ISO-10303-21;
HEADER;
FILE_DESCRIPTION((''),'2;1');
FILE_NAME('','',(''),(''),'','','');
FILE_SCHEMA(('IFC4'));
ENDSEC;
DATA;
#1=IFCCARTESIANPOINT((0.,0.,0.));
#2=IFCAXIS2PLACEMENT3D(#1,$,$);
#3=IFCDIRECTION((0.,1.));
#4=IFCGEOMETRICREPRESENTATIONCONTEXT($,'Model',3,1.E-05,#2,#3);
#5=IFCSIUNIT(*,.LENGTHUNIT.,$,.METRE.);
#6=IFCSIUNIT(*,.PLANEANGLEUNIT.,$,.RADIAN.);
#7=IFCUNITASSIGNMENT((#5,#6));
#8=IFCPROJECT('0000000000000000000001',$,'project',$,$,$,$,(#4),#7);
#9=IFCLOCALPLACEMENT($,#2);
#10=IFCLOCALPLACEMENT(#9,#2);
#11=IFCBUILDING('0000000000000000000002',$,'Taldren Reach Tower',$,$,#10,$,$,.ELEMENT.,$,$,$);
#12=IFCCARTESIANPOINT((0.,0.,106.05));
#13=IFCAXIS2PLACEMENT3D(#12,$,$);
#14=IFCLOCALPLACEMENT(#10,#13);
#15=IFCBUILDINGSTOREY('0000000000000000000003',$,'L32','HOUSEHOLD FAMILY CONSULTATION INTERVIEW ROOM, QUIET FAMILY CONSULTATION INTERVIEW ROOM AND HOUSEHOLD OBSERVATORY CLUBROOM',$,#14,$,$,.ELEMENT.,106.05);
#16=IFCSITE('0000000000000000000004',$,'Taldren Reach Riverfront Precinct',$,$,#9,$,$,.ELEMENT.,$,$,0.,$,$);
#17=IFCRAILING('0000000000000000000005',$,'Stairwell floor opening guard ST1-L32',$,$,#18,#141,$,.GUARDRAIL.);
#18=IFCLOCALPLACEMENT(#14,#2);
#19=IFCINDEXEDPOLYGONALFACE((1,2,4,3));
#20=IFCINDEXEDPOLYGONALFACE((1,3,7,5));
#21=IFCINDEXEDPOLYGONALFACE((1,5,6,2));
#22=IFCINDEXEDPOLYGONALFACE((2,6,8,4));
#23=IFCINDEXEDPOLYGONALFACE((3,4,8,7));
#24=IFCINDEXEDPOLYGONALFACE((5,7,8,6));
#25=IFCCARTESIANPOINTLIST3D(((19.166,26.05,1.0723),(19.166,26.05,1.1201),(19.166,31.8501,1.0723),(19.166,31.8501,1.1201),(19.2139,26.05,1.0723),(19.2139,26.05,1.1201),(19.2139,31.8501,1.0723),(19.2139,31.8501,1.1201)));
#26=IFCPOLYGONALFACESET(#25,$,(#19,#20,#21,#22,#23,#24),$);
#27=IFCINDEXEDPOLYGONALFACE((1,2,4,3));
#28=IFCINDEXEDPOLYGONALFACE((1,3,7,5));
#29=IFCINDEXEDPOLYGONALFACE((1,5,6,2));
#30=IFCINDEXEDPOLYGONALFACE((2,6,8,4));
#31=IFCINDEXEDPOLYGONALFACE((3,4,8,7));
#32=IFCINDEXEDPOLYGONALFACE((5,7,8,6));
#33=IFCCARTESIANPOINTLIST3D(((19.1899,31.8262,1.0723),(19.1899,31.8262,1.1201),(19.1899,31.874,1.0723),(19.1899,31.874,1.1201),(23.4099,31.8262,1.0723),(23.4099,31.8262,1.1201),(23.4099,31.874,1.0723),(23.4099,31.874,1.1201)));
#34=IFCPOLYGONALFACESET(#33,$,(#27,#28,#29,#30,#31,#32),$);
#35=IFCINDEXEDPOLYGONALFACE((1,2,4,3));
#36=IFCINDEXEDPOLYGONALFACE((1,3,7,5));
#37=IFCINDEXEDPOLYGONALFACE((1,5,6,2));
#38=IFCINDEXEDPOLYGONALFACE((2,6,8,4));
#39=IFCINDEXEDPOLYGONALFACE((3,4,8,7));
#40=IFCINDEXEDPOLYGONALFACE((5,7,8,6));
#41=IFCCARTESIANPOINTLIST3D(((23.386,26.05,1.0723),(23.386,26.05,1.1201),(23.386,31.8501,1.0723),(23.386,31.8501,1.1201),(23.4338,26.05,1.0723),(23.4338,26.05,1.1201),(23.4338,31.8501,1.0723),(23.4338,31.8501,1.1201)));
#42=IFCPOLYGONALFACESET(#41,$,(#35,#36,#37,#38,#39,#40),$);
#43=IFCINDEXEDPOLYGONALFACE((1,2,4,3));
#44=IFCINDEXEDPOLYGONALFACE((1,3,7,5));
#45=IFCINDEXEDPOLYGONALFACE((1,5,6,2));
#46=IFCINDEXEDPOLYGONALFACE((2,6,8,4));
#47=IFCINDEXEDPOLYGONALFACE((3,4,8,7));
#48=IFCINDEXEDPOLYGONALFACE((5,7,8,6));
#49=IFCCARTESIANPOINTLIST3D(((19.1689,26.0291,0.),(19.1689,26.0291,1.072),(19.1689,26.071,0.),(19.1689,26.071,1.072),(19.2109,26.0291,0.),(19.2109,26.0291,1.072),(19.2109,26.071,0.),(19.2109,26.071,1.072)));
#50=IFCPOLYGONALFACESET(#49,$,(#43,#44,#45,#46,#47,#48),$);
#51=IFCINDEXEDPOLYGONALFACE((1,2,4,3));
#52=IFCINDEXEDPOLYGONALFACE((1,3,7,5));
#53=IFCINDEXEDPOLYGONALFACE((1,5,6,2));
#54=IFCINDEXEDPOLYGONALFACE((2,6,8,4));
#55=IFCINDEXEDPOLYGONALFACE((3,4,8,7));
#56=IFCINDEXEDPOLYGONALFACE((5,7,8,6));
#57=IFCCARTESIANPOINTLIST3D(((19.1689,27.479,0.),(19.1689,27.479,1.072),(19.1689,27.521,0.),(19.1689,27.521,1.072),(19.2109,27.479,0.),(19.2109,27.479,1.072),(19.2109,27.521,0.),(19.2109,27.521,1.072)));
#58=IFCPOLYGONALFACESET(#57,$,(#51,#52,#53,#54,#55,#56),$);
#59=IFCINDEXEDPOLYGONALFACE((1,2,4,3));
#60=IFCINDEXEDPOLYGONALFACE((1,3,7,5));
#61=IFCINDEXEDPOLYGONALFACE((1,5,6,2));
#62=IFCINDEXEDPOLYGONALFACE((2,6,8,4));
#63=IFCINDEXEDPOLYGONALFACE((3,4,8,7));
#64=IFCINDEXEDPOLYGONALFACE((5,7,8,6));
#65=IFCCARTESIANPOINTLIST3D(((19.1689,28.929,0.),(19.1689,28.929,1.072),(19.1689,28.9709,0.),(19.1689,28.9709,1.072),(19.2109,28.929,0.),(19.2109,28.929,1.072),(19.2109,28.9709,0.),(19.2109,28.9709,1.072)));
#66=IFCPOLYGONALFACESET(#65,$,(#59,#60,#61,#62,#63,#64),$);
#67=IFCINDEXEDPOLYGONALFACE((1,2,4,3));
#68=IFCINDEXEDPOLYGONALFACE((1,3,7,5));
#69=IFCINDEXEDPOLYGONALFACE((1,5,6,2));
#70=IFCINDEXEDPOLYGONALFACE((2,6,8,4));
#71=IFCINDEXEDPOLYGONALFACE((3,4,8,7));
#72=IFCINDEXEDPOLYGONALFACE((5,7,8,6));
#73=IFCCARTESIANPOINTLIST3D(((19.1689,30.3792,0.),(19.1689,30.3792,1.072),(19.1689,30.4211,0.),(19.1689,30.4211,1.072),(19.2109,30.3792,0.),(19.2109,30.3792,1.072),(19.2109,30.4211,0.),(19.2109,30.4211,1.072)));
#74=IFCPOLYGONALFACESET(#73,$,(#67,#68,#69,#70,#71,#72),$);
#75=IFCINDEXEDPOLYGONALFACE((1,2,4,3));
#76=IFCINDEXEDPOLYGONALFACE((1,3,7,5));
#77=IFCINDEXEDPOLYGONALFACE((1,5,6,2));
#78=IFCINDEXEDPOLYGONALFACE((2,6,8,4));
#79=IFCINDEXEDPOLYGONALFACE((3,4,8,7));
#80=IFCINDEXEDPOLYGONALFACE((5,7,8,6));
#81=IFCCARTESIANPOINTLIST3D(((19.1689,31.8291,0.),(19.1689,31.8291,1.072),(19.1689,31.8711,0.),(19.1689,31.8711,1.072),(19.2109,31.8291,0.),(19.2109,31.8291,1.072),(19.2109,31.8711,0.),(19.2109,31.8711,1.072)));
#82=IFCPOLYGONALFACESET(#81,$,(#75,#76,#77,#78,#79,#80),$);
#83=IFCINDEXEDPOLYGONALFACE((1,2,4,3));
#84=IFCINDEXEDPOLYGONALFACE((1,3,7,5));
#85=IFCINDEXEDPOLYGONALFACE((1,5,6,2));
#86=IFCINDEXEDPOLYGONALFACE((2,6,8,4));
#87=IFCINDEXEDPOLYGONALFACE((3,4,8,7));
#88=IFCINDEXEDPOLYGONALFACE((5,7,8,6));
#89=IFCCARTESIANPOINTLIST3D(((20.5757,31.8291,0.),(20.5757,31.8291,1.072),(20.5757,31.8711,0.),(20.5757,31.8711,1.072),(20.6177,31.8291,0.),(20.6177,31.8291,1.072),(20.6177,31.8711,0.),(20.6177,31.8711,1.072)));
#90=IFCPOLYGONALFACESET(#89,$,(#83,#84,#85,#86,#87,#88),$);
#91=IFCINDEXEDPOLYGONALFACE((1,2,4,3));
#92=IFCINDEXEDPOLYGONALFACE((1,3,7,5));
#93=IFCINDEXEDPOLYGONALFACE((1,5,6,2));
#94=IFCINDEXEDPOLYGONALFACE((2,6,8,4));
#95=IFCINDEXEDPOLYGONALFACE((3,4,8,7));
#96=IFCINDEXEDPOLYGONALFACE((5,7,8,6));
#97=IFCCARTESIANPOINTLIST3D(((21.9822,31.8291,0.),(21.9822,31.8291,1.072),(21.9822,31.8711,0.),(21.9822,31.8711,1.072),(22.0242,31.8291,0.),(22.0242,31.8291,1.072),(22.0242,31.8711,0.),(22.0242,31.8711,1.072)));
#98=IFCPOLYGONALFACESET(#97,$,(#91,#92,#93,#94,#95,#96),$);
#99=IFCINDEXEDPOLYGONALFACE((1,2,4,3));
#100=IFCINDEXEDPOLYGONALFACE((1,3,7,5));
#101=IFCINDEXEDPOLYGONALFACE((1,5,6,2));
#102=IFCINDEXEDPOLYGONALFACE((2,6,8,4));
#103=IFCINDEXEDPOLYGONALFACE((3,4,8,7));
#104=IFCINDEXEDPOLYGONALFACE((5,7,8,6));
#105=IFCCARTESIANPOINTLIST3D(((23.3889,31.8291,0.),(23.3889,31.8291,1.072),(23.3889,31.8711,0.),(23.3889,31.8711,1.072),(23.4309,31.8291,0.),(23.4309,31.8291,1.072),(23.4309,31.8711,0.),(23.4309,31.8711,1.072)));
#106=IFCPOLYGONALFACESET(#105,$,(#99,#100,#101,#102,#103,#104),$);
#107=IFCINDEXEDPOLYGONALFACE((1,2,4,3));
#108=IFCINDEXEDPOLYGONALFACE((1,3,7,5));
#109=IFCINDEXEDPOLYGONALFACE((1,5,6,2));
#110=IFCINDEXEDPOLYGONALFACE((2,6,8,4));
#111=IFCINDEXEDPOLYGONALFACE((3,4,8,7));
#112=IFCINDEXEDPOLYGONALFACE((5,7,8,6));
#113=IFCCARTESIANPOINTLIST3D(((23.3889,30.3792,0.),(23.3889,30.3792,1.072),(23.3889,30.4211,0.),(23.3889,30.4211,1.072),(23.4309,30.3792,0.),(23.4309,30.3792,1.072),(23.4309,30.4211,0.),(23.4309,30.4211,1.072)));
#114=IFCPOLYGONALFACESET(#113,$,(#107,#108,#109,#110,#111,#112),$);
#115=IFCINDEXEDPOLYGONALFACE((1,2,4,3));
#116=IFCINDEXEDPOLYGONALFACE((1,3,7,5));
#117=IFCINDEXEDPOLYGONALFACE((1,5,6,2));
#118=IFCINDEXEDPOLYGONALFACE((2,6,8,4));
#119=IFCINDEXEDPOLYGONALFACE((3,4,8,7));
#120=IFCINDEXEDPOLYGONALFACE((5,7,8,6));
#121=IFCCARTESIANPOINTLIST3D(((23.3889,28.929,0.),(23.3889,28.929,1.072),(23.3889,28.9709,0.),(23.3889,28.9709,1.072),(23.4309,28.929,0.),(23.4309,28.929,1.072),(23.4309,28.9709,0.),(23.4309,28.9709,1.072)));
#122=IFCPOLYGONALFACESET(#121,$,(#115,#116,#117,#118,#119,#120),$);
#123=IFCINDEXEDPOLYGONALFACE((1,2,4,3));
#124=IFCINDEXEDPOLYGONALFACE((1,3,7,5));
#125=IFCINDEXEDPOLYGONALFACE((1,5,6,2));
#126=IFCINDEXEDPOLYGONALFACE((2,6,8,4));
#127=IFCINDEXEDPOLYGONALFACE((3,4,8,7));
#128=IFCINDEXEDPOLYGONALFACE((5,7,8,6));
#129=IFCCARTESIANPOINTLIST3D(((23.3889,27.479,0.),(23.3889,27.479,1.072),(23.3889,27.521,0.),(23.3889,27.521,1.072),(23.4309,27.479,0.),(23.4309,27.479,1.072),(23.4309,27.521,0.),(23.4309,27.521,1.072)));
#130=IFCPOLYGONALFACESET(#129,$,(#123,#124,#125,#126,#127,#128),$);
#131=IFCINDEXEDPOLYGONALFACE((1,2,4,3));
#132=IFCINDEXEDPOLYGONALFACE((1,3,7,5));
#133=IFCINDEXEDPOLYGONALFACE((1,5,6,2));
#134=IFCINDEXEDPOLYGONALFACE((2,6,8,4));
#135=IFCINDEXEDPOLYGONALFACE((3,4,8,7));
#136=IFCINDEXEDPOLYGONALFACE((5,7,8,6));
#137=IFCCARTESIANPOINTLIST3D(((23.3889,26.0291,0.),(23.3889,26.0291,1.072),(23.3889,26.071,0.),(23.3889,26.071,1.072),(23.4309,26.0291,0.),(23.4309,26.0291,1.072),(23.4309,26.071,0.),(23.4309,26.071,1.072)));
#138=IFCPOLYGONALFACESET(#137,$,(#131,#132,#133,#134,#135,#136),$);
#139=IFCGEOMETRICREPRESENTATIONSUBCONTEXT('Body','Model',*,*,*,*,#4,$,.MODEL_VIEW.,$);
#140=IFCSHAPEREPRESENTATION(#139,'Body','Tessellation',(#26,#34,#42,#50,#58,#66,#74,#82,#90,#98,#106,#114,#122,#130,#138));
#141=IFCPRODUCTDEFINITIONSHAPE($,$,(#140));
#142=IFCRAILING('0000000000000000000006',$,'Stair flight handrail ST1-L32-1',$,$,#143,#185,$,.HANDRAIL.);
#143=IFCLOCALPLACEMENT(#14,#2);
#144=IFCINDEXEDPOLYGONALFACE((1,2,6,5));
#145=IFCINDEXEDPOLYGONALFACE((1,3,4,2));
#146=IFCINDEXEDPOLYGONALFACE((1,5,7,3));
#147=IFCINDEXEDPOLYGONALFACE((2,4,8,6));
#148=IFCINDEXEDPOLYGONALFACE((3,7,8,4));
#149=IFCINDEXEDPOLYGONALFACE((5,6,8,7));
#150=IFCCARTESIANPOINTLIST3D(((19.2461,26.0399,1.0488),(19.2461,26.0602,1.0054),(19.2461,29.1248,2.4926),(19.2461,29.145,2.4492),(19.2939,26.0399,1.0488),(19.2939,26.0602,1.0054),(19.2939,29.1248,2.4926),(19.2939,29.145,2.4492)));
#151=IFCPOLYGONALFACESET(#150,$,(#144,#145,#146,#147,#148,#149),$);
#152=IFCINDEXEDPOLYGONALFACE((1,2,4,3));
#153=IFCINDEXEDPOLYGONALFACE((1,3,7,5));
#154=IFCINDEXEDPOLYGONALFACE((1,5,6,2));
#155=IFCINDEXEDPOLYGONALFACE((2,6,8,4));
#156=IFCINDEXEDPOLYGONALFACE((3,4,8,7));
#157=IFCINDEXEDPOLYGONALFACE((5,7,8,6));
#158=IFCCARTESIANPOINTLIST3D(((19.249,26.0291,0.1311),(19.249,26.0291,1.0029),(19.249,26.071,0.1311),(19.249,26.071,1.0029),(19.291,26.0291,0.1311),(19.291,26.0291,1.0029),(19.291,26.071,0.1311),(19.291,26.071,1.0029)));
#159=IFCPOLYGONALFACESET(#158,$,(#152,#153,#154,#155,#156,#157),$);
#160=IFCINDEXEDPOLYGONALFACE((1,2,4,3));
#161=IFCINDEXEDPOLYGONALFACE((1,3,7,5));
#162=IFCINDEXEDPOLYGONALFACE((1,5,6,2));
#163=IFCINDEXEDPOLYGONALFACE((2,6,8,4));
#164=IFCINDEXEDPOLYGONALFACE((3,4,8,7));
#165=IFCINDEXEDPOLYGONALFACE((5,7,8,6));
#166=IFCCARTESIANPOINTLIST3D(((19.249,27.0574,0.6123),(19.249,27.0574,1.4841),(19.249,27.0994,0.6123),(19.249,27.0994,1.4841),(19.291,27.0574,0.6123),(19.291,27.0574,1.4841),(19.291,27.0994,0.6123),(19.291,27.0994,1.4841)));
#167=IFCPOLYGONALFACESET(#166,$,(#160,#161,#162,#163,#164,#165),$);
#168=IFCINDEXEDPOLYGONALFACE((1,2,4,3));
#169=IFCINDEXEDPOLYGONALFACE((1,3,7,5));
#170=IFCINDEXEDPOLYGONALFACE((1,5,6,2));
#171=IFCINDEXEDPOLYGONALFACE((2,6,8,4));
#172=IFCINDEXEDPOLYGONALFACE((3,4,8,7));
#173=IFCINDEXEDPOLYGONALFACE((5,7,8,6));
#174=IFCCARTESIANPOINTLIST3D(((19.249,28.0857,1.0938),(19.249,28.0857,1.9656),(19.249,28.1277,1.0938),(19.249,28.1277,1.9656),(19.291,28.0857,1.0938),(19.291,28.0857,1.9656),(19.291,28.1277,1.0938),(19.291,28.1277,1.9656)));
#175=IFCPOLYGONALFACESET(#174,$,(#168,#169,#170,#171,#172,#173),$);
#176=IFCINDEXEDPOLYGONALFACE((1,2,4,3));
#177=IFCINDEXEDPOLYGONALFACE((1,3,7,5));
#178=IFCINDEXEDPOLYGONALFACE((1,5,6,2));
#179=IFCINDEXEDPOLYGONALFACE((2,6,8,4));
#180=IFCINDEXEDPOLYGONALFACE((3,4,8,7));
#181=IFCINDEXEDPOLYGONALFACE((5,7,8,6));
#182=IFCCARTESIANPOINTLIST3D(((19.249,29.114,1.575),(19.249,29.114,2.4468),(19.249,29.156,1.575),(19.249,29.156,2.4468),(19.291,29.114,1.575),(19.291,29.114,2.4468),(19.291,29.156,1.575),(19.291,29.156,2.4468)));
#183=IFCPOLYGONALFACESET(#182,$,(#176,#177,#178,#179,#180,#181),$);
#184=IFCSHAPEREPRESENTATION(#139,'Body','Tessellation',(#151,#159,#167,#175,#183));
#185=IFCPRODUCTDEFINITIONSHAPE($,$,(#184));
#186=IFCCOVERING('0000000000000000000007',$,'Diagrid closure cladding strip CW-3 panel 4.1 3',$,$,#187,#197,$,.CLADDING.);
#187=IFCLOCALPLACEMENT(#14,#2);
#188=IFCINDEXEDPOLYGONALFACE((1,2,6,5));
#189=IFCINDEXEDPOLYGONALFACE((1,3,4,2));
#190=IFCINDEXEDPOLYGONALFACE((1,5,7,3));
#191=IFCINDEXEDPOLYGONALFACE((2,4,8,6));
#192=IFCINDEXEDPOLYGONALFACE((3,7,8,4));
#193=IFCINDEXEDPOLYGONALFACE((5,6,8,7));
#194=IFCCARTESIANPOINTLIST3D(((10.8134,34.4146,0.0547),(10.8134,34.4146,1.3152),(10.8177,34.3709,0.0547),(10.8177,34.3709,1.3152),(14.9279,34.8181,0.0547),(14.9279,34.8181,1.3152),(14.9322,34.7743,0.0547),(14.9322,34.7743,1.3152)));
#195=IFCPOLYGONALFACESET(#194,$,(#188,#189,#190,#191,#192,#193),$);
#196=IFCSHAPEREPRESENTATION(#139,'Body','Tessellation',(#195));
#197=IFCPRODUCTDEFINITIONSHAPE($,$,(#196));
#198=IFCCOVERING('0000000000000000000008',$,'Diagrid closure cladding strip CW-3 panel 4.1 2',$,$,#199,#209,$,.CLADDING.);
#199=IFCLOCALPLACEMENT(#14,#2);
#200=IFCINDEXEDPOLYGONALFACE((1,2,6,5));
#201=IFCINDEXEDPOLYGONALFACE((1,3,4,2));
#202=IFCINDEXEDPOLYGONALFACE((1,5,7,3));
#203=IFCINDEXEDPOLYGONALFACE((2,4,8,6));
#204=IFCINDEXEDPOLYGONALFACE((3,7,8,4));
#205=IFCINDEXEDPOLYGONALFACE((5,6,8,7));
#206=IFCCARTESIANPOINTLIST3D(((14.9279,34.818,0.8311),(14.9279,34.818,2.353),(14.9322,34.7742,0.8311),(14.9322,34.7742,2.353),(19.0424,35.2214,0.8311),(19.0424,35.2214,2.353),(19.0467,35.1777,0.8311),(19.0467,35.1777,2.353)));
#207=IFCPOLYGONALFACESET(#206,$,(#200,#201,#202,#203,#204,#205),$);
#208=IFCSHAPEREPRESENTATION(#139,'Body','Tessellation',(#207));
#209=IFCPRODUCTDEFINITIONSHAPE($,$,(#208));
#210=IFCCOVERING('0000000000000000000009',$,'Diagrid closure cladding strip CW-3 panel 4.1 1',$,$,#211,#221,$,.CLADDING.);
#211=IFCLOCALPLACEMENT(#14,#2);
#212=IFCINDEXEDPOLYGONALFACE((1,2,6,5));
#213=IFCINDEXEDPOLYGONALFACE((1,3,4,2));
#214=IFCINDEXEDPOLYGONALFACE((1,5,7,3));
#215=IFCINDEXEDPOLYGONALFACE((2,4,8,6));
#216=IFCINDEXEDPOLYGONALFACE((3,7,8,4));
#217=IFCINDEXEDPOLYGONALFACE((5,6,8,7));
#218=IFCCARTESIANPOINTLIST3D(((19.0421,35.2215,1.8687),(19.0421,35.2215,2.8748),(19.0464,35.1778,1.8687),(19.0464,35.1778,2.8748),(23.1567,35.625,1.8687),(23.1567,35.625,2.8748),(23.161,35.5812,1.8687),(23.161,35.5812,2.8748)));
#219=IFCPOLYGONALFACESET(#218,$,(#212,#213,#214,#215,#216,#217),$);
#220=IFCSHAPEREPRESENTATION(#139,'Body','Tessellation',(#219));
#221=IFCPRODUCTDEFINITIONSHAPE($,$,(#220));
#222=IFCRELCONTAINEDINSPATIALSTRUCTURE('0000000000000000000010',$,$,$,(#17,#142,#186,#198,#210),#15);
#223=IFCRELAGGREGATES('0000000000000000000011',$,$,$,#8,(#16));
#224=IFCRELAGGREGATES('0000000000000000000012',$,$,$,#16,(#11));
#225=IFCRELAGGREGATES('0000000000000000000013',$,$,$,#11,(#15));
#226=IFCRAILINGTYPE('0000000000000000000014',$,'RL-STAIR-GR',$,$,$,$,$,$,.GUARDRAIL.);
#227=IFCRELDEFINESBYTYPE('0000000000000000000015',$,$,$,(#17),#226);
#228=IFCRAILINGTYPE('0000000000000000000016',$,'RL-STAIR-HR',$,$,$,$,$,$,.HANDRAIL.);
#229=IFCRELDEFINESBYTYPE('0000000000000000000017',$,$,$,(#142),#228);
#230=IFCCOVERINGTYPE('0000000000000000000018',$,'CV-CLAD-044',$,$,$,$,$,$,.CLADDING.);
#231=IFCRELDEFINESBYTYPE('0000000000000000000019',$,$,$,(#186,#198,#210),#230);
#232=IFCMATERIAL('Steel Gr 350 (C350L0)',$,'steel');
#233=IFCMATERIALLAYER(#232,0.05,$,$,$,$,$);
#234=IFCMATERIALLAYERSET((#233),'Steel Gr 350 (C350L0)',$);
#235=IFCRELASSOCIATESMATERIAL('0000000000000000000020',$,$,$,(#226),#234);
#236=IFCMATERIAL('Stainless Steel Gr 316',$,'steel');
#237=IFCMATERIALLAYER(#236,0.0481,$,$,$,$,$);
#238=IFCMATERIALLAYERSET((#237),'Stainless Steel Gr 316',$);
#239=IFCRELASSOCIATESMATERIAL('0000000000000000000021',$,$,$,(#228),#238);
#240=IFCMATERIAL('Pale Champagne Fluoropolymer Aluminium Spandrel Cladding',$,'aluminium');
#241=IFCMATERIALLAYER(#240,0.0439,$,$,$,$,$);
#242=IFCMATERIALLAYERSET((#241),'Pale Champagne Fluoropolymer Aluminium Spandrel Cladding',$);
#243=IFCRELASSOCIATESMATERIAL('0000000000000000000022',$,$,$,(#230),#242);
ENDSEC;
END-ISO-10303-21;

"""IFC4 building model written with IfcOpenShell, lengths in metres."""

from ifc_helpers import new_model, si_unit, direction, frame, origin, origin_2d, place, context, subcontext, project, spatial, rectangle, extrude, source, transform, mapped, material, layer, layer_set, type_object, element, save


model = new_model("IFC4")

# Units and contexts
model_context = context("Model", 3, precision=1e-05, world=origin(), true_north=direction((0.0, 1.0)))
body_context = subcontext(model_context, "Body", "Model", "MODEL_VIEW")
ifc_project = project(units=[si_unit("LENGTHUNIT", "METRE"), si_unit("PLANEANGLEUNIT", "RADIAN")], contexts=[model_context])

# Site, building, storey
site_placement = place(None, origin())
site = spatial("IfcSite", under=ifc_project, at=site_placement, Name="Taldren Reach Riverfront Precinct", CompositionType="ELEMENT", RefElevation=0.0)
building_placement = place(site_placement, origin())
building = spatial("IfcBuilding", under=site, at=building_placement, Name="Taldren Reach Tower", CompositionType="ELEMENT")
storey_placement = place(building_placement, frame((0.0, 0.0, 106.05)))
storey = spatial("IfcBuildingStorey", under=building, at=storey_placement, Name="L32", Description="HOUSEHOLD FAMILY CONSULTATION INTERVIEW ROOM, QUIET FAMILY CONSULTATION INTERVIEW ROOM AND HOUSEHOLD OBSERVATORY CLUBROOM", CompositionType="ELEMENT", Elevation=106.05)

# Shared definitions
ifc_material_1 = material(Name="Steel Gr 350 (C350L0)", Category="steel")

# Railings
ifc_layer_1 = layer(ifc_material_1, 0.05)
ifc_layer_set_1 = layer_set([ifc_layer_1], Name="Steel Gr 350 (C350L0)")
railing_type_1 = type_object("IfcRailingType", Name="RL-STAIR-GR", PredefinedType="GUARDRAIL", material=ifc_layer_set_1)
railing_1_placement = place(storey_placement, frame((19.1899, 26.05, 0.0)))
element("IfcRailing", 1, at=railing_1_placement, inside=storey, type_object=railing_type_1, Name="Stairwell floor opening guard ST1-L32", PredefinedType="GUARDRAIL", context=body_context, shape_type="SweptSolid", body=[
    extrude(rectangle(XDim=0.0479, YDim=0.0479, at=origin_2d()), frame((0.0, 0.0, 1.0962), z_axis=(0.0, 1.0, 0.0), x_axis=(-1.0, 0.0, 0.0)), (0.0, 0.0, 1.0), 5.8),
    extrude(rectangle(XDim=0.0479, YDim=0.0479, at=origin_2d()), frame((0.0, 5.8, 1.0962), z_axis=(1.0, 0.0, 0.0), x_axis=(0.0, 1.0, 0.0)), (0.0, 0.0, 1.0), 4.22),
    extrude(rectangle(XDim=0.0479, YDim=0.0479, at=origin_2d()), frame((4.22, 5.8, 1.0962), z_axis=(0.0, -1.0, 0.0), x_axis=(1.0, 0.0, 0.0)), (0.0, 0.0, 1.0), 5.8),
    extrude(rectangle(XDim=0.042, YDim=0.042, at=origin_2d()), origin(), (0.0, 0.0, 1.0), 1.072),
    extrude(rectangle(XDim=0.042, YDim=0.042, at=origin_2d()), frame((0.0, 1.45, 0.0)), (0.0, 0.0, 1.0), 1.072),
    extrude(rectangle(XDim=0.042, YDim=0.042, at=origin_2d()), frame((0.0, 2.8999, 0.0)), (0.0, 0.0, 1.0), 1.072),
    extrude(rectangle(XDim=0.042, YDim=0.042, at=origin_2d()), frame((0.0, 4.3501, 0.0)), (0.0, 0.0, 1.0), 1.072),
    extrude(rectangle(XDim=0.042, YDim=0.042, at=origin_2d()), frame((0.0, 5.8, 0.0)), (0.0, 0.0, 1.0), 1.072),
    extrude(rectangle(XDim=0.042, YDim=0.042, at=origin_2d()), frame((1.4067, 5.8, 0.0)), (0.0, 0.0, 1.0), 1.072),
    extrude(rectangle(XDim=0.042, YDim=0.042, at=origin_2d()), frame((2.8132, 5.8, 0.0)), (0.0, 0.0, 1.0), 1.072),
    extrude(rectangle(XDim=0.042, YDim=0.042, at=origin_2d()), frame((4.22, 5.8, 0.0)), (0.0, 0.0, 1.0), 1.072),
    extrude(rectangle(XDim=0.042, YDim=0.042, at=origin_2d()), frame((4.22, 4.3501, 0.0)), (0.0, 0.0, 1.0), 1.072),
    extrude(rectangle(XDim=0.042, YDim=0.042, at=origin_2d()), frame((4.22, 2.8999, 0.0)), (0.0, 0.0, 1.0), 1.072),
    extrude(rectangle(XDim=0.042, YDim=0.042, at=origin_2d()), frame((4.22, 1.45, 0.0)), (0.0, 0.0, 1.0), 1.072),
    extrude(rectangle(XDim=0.042, YDim=0.042, at=origin_2d()), frame((4.22, 0.0, 0.0)), (0.0, 0.0, 1.0), 1.072),
])
ifc_material_2 = material(Name="Stainless Steel Gr 316", Category="steel")
ifc_layer_2 = layer(ifc_material_2, 0.0481)
ifc_layer_set_2 = layer_set([ifc_layer_2], Name="Stainless Steel Gr 316")
railing_type_2 = type_object("IfcRailingType", Name="RL-STAIR-HR", PredefinedType="HANDRAIL", material=ifc_layer_set_2)
railing_2_placement = place(storey_placement, frame((19.27, 26.05, 0.1311)))
element("IfcRailing", 2, at=railing_2_placement, inside=storey, type_object=railing_type_2, Name="Stair flight handrail ST1-L32-1", PredefinedType="HANDRAIL", context=body_context, shape_type="SweptSolid", body=[
    extrude(rectangle(XDim=0.0479, YDim=0.0479, at=origin_2d()), frame((0.0, 0.0, 0.896), z_axis=(0.0, 0.90571, 0.423898), x_axis=(-1.0, 0.0, 0.0)), (0.0, 0.0, 1.0), 3.406),
    extrude(rectangle(XDim=0.042, YDim=0.042, at=origin_2d()), origin(), (0.0, 0.0, 1.0), 0.8718),
    extrude(rectangle(XDim=0.042, YDim=0.042, at=origin_2d()), frame((0.0, 1.0283, 0.4812)), (0.0, 0.0, 1.0), 0.8718),
    extrude(rectangle(XDim=0.042, YDim=0.042, at=origin_2d()), frame((0.0, 2.0566, 0.9626)), (0.0, 0.0, 1.0), 0.8718),
    extrude(rectangle(XDim=0.042, YDim=0.042, at=origin_2d()), frame((0.0, 3.085, 1.4438)), (0.0, 0.0, 1.0), 0.8718),
])

# Coverings
ifc_material_3 = material(Name="Pale Champagne Fluoropolymer Aluminium Spandrel Cladding", Category="aluminium")
ifc_layer_3 = layer(ifc_material_3, 0.0439)
ifc_layer_set_3 = layer_set([ifc_layer_3], Name="Pale Champagne Fluoropolymer Aluminium Spandrel Cladding")
covering_type = type_object("IfcCoveringType", Name="CV-CLAD-044", PredefinedType="CLADDING", material=ifc_layer_set_3)
shared_shape_1 = source(origin(), body_context, "Body", "SweptSolid", [
    extrude(rectangle(XDim=4.1343, YDim=0.0439, at=origin_2d()), origin(), (0.0, 0.0, 1.0), 1.2605),
])
covering_1_placement = place(storey_placement, frame((12.8728, 34.5945, 0.0547), z_axis=(0.0, 0.0, 1.0), x_axis=(-0.995227, -0.097583, 0.0)))
element("IfcCovering", 3, at=covering_1_placement, inside=storey, type_object=covering_type, Name="Diagrid closure cladding strip CW-3 panel 4.1 3", PredefinedType="CLADDING", context=body_context, shape_type="MappedRepresentation", body=[
    mapped(shared_shape_1, transform((0.0, 0.0, 0.0), scale=1.0)),
])
shared_shape_2 = source(origin(), body_context, "Body", "SweptSolid", [
    extrude(rectangle(XDim=4.1343, YDim=0.0439, at=origin_2d()), origin(), (0.0, 0.0, 1.0), 1.522),
])
covering_2_placement = place(storey_placement, frame((16.9873, 34.9978, 0.8311), z_axis=(0.0, 0.0, 1.0), x_axis=(-0.995227, -0.097583, 0.0)))
element("IfcCovering", 4, at=covering_2_placement, inside=storey, type_object=covering_type, Name="Diagrid closure cladding strip CW-3 panel 4.1 2", PredefinedType="CLADDING", context=body_context, shape_type="MappedRepresentation", body=[
    mapped(shared_shape_2, transform((0.0, 0.0, 0.0), scale=1.0)),
])
shared_shape_3 = source(origin(), body_context, "Body", "SweptSolid", [
    extrude(rectangle(XDim=4.1343, YDim=0.0439, at=origin_2d()), origin(), (0.0, 0.0, 1.0), 1.0061),
])
covering_3_placement = place(storey_placement, frame((21.1016, 35.4014, 1.8687), z_axis=(0.0, 0.0, 1.0), x_axis=(-0.995227, -0.097583, 0.0)))
element("IfcCovering", 5, at=covering_3_placement, inside=storey, type_object=covering_type, Name="Diagrid closure cladding strip CW-3 panel 4.1 1", PredefinedType="CLADDING", context=body_context, shape_type="MappedRepresentation", body=[
    mapped(shared_shape_3, transform((0.0, 0.0, 0.0), scale=1.0)),
])

save(model, "model.ifc")
